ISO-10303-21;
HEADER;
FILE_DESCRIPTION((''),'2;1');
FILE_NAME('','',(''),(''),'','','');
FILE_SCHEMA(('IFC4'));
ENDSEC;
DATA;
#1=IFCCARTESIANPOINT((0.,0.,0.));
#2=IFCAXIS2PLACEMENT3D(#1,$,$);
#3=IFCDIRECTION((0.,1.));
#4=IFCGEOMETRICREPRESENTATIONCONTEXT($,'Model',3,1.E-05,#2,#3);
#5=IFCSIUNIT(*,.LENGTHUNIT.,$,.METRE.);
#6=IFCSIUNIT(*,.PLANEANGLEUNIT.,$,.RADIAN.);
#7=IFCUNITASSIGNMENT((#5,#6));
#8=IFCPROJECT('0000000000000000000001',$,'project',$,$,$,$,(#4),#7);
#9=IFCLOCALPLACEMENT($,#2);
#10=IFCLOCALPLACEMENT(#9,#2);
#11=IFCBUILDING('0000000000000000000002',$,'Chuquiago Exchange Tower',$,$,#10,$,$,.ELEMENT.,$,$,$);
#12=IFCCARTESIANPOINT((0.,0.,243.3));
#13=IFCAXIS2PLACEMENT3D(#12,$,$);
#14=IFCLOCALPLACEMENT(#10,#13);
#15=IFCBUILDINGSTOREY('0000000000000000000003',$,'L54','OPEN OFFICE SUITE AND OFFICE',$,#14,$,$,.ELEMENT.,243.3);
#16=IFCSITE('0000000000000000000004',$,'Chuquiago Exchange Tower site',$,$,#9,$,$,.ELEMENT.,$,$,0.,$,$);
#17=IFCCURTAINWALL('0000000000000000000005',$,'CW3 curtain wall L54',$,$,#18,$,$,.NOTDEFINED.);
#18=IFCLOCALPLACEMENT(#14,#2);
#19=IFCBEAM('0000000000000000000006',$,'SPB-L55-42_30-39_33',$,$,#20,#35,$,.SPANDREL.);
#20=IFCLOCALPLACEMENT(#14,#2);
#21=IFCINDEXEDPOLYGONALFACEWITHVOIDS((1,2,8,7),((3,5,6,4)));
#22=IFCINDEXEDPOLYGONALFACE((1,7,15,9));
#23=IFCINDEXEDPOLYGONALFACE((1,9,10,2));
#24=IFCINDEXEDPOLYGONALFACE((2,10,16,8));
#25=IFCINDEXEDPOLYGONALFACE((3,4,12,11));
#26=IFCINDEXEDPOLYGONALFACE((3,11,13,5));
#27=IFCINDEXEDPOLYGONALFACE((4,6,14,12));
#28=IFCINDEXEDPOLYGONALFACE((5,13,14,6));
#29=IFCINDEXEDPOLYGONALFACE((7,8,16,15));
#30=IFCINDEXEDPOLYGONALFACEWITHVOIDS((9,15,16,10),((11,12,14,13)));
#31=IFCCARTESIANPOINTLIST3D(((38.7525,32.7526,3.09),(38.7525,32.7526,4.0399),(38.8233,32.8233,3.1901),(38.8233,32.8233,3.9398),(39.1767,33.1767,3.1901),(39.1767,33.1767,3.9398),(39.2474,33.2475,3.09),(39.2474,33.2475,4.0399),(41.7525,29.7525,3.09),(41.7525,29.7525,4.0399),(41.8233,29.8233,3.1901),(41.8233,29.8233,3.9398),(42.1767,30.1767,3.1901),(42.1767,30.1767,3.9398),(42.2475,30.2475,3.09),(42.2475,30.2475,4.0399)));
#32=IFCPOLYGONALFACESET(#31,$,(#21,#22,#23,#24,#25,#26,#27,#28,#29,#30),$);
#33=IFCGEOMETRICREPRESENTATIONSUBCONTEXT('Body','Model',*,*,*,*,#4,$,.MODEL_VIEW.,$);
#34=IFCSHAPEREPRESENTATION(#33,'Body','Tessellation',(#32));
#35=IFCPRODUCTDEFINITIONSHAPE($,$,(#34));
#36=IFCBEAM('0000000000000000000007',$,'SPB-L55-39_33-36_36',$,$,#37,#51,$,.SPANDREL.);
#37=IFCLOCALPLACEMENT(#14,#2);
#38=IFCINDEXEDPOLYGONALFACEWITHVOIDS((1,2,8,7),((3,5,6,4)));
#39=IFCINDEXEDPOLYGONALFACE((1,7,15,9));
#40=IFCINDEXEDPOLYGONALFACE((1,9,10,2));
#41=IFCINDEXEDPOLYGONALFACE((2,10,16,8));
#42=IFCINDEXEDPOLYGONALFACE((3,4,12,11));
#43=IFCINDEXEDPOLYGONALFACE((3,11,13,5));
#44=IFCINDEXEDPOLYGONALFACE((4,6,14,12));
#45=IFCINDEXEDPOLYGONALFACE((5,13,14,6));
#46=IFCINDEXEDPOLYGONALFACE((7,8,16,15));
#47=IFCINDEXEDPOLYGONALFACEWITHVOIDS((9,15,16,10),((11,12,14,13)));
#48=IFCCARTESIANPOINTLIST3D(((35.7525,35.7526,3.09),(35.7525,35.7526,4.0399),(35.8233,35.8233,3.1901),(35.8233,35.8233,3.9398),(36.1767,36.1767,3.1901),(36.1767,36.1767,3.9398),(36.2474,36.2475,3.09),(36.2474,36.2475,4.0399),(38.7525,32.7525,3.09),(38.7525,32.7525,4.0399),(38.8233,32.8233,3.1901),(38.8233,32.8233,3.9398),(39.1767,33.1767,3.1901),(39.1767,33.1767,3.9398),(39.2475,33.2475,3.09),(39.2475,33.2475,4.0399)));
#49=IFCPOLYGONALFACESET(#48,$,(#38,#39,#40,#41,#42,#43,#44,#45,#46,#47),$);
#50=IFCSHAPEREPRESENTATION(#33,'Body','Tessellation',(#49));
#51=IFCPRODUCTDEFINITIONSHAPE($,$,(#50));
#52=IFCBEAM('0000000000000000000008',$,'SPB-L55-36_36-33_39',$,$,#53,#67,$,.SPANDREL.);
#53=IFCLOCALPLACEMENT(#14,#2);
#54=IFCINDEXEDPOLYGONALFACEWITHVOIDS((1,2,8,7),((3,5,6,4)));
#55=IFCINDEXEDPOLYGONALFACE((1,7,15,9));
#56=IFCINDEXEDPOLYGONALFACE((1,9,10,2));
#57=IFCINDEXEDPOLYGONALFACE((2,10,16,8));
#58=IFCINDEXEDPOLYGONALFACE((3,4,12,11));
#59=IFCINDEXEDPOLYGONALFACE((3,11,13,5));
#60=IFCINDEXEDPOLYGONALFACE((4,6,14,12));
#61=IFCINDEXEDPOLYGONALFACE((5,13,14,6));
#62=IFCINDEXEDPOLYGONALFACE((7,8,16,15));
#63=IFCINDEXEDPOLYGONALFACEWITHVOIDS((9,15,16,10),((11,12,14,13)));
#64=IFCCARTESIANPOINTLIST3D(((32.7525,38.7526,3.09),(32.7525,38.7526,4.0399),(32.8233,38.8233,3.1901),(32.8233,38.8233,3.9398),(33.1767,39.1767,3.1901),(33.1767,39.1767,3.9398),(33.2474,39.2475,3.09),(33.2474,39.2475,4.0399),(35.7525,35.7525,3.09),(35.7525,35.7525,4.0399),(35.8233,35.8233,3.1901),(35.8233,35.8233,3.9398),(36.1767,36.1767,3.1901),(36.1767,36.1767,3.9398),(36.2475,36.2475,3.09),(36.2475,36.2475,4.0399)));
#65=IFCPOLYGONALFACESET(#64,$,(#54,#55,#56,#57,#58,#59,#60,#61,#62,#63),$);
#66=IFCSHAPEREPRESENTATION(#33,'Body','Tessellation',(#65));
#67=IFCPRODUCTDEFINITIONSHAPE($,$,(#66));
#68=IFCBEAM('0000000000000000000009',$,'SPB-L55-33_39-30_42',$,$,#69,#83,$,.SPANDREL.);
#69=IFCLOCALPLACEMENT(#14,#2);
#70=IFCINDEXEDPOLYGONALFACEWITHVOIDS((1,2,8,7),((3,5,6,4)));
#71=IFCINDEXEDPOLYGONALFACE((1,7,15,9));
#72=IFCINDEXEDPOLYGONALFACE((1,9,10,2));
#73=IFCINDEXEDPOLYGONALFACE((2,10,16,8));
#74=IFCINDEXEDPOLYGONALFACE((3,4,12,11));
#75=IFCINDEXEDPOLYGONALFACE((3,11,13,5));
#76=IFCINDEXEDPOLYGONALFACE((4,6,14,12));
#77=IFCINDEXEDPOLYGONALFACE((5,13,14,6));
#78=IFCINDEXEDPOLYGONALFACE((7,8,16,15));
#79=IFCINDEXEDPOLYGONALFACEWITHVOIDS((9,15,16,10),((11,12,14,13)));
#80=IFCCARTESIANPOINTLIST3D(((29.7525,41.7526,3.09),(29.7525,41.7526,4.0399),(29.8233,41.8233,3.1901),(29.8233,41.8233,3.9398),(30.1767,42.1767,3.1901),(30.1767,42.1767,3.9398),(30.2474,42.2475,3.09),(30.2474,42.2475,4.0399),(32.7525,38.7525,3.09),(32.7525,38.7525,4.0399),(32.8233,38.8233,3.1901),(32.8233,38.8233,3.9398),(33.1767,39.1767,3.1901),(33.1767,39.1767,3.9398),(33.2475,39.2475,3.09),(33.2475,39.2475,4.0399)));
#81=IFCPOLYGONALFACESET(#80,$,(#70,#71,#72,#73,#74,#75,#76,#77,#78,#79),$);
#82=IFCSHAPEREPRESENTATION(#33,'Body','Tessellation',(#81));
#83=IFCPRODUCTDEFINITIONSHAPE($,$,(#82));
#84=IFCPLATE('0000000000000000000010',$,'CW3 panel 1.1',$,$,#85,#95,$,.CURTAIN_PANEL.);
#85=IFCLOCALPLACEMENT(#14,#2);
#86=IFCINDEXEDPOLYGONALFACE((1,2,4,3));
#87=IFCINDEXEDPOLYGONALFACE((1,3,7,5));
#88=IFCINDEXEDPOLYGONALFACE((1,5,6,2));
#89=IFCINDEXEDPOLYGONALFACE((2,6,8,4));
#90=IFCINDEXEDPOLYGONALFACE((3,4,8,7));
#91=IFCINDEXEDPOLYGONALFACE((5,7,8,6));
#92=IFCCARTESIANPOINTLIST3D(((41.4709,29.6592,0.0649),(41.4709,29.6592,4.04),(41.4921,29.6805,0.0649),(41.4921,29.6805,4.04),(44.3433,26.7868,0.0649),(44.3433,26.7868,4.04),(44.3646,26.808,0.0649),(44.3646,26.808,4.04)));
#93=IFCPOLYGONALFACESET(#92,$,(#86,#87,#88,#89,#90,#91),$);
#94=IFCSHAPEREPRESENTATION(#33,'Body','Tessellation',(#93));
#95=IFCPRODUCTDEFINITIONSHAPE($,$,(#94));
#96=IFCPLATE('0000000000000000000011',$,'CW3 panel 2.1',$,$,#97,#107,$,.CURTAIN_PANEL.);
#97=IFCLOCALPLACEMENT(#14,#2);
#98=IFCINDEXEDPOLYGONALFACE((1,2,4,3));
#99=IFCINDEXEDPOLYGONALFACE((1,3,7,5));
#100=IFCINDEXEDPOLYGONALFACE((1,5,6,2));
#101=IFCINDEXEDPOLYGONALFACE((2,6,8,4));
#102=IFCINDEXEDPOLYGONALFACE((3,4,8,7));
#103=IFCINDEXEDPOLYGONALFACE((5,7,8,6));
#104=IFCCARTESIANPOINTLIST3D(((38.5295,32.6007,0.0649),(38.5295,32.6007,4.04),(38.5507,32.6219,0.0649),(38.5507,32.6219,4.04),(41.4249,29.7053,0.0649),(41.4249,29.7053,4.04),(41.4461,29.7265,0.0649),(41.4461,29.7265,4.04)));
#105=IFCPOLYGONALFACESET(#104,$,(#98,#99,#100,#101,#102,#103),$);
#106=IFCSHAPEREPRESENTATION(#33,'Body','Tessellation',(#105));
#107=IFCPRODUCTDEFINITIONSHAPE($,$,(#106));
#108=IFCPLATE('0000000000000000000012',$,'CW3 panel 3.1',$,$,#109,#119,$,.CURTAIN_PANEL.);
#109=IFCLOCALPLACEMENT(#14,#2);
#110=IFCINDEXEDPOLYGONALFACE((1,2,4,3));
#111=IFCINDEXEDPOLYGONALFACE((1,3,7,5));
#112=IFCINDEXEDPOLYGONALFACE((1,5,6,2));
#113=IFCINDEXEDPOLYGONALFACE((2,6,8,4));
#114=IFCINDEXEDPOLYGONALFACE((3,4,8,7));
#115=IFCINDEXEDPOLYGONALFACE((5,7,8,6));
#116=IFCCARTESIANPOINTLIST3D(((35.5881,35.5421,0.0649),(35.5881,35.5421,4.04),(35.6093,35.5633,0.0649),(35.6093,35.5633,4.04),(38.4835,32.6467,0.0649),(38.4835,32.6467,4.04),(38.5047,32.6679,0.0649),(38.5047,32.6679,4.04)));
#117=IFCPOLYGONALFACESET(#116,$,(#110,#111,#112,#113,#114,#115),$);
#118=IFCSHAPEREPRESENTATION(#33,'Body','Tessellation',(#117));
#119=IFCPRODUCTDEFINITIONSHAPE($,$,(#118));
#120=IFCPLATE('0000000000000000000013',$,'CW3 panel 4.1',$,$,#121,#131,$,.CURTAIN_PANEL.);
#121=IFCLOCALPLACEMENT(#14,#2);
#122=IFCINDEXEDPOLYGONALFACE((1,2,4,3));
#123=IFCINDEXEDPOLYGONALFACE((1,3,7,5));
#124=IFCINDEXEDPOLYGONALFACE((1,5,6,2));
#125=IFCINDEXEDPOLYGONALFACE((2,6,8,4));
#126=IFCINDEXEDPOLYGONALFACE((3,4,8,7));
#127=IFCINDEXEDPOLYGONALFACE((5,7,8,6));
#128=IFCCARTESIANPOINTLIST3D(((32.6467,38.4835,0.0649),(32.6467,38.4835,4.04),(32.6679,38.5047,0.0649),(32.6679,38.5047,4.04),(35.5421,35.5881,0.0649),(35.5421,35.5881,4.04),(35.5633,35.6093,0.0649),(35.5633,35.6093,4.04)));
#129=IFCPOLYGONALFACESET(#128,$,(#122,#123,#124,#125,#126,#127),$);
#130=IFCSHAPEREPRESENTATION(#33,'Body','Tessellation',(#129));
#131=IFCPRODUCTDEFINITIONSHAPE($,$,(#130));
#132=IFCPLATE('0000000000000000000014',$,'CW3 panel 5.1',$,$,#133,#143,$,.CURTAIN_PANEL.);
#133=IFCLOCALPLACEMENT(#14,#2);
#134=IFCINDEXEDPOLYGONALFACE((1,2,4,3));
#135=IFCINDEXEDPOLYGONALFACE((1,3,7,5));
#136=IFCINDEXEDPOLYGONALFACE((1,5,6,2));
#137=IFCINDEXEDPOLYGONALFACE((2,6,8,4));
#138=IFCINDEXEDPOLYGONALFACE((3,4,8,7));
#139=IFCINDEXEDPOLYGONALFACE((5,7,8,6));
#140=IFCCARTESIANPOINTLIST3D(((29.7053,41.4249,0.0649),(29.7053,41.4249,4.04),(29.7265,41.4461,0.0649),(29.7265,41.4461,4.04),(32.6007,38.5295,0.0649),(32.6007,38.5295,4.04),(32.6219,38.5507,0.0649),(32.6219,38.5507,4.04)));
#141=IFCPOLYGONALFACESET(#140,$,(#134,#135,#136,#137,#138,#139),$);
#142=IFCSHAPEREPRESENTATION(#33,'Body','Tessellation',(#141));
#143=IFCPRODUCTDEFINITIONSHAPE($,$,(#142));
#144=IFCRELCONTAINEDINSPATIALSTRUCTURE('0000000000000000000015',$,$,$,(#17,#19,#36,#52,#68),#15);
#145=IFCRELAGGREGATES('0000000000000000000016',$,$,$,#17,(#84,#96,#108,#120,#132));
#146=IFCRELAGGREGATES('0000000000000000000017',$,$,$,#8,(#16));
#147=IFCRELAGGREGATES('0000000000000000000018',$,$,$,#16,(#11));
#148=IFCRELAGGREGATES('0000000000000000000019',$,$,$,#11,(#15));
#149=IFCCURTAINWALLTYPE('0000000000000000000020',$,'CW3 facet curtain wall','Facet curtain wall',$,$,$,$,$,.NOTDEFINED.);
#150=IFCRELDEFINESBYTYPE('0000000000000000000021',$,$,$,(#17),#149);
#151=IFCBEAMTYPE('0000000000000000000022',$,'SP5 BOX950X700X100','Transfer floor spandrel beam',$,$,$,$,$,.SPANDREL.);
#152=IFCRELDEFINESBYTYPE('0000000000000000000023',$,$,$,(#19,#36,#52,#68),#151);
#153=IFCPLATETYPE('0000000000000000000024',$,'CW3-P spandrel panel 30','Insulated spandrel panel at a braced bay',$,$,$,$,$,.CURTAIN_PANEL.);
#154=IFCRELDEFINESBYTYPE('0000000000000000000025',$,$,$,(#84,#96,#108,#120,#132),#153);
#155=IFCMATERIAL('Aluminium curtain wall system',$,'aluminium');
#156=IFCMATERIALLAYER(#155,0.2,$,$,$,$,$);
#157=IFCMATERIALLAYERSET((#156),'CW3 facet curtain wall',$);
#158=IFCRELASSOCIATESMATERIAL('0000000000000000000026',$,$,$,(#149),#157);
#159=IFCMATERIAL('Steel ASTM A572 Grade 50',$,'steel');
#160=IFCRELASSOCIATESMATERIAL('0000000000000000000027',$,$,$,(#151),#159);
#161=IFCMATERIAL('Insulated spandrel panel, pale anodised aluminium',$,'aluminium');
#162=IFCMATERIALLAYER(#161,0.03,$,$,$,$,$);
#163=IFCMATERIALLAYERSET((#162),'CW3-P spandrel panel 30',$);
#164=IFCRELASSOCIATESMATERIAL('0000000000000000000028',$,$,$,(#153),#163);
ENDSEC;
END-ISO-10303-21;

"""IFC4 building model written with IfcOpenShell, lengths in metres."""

from ifc_helpers import new_model, si_unit, direction, frame, origin, origin_2d, place, context, subcontext, project, spatial, rectangle, hollow_rectangle, extrude, material, layer, layer_set, material_profile, profile_set, type_object, element, aggregate, save


model = new_model("IFC4")

# Units and contexts
model_context = context("Model", 3, precision=1e-05, world=origin(), true_north=direction((0.0, 1.0)))
body_context = subcontext(model_context, "Body", "Model", "MODEL_VIEW")
ifc_project = project(units=[si_unit("LENGTHUNIT", "METRE"), si_unit("PLANEANGLEUNIT", "RADIAN")], contexts=[model_context])

# Site, building, storey
site_placement = place(None, origin())
site = spatial("IfcSite", under=ifc_project, at=site_placement, Name="Chuquiago Exchange Tower site", CompositionType="ELEMENT", RefElevation=0.0)
building_placement = place(site_placement, origin())
building = spatial("IfcBuilding", under=site, at=building_placement, Name="Chuquiago Exchange Tower", CompositionType="ELEMENT")
storey_placement = place(building_placement, frame((0.0, 0.0, 243.3)))
storey = spatial("IfcBuildingStorey", under=building, at=storey_placement, Name="L54", Description="OPEN OFFICE SUITE AND OFFICE", CompositionType="ELEMENT", Elevation=243.3)

# Curtain wall
ifc_material_1 = material(Name="Aluminium curtain wall system", Category="aluminium")
ifc_layer_1 = layer(ifc_material_1, 0.2)
ifc_layer_set_1 = layer_set([ifc_layer_1], Name="CW3 facet curtain wall")
curtain_wall_type = type_object("IfcCurtainWallType", Name="CW3 facet curtain wall", Description="Facet curtain wall", PredefinedType="NOTDEFINED", material=ifc_layer_set_1)
curtain_wall_placement = place(storey_placement, origin())
curtain_wall = element("IfcCurtainWall", 1, at=curtain_wall_placement, inside=storey, type_object=curtain_wall_type, Name="CW3 curtain wall L54", PredefinedType="NOTDEFINED")

# Beams
ifc_material_2 = material(Name="Steel ASTM A572 Grade 50", Category="steel")
ifc_material_profile_1 = material_profile(ifc_material_2, hollow_rectangle(XDim=0.7, YDim=0.95, WallThickness=0.1001, at=origin_2d()), Name="BOX950X700X100")
ifc_profile_set_1 = profile_set([ifc_material_profile_1], Name="Steel ASTM A572 Grade 50")
beam_type_1 = type_object("IfcBeamType", Name="SP5 BOX950X700X100", Description="Transfer floor spandrel beam", PredefinedType="SPANDREL", material=ifc_profile_set_1)
for number, where, z_axis, x_axis, name in (
    (2, (42.0, 30.0, 3.5649), (-0.707107, 0.707107, 0.0), (-0.707107, -0.707107, 0.0), "SPB-L55-42_30-39_33"),
    (3, (39.0, 33.0, 3.5649), (-0.707107, 0.707107, 0.0), (-0.707107, -0.707107, 0.0), "SPB-L55-39_33-36_36"),
    (4, (36.0, 36.0, 3.5649), (-0.707107, 0.707107, 0.0), (-0.707107, -0.707107, 0.0), "SPB-L55-36_36-33_39"),
    (5, (33.0, 39.0, 3.5649), (-0.707107, 0.707107, 0.0), (-0.707107, -0.707107, 0.0), "SPB-L55-33_39-30_42"),
):
    element("IfcBeam", number, at=place(storey_placement, frame(where, z_axis=z_axis, x_axis=x_axis)), inside=storey, type_object=beam_type_1, Name=name, PredefinedType="SPANDREL", context=body_context, shape_type="SweptSolid", body=[
        extrude(hollow_rectangle(XDim=0.7, YDim=0.95, WallThickness=0.1001, at=origin_2d()), origin(), (0.0, 0.0, 1.0), 4.2427),
    ])

# Plates
ifc_material_3 = material(Name="Insulated spandrel panel, pale anodised aluminium", Category="aluminium")
ifc_layer_2 = layer(ifc_material_3, 0.03)
ifc_layer_set_2 = layer_set([ifc_layer_2], Name="CW3-P spandrel panel 30")
plate_type = type_object("IfcPlateType", Name="CW3-P spandrel panel 30", Description="Insulated spandrel panel at a braced bay", PredefinedType="CURTAIN_PANEL", material=ifc_layer_set_2)
plate_1_placement = place(storey_placement, frame((42.9177, 28.2336, 0.0649), z_axis=(0.0, 0.0, 1.0), x_axis=(-0.707107, 0.707107, 0.0)))
plate_1 = element("IfcPlate", 6, at=plate_1_placement, type_object=plate_type, Name="CW3 panel 1.1", PredefinedType="CURTAIN_PANEL", context=body_context, shape_type="SweptSolid", body=[
    extrude(rectangle(XDim=4.0623, YDim=0.03, at=origin_2d()), origin(), (0.0, 0.0, 1.0), 3.9751),
])
plate_2_placement = place(storey_placement, frame((39.9878, 31.1636, 0.0649), z_axis=(0.0, 0.0, 1.0), x_axis=(-0.707107, 0.707107, 0.0)))
plate_2 = element("IfcPlate", 7, at=plate_2_placement, type_object=plate_type, Name="CW3 panel 2.1", PredefinedType="CURTAIN_PANEL", context=body_context, shape_type="SweptSolid", body=[
    extrude(rectangle(XDim=4.0947, YDim=0.03, at=origin_2d()), origin(), (0.0, 0.0, 1.0), 3.9751),
])
plate_3_placement = place(storey_placement, frame((37.0464, 34.105, 0.0649), z_axis=(0.0, 0.0, 1.0), x_axis=(-0.707107, 0.707107, 0.0)))
plate_3 = element("IfcPlate", 8, at=plate_3_placement, type_object=plate_type, Name="CW3 panel 3.1", PredefinedType="CURTAIN_PANEL", context=body_context, shape_type="SweptSolid", body=[
    extrude(rectangle(XDim=4.0947, YDim=0.03, at=origin_2d()), origin(), (0.0, 0.0, 1.0), 3.9751),
])
plate_4_placement = place(storey_placement, frame((34.105, 37.0464, 0.0649), z_axis=(0.0, 0.0, 1.0), x_axis=(-0.707107, 0.707107, 0.0)))
plate_4 = element("IfcPlate", 9, at=plate_4_placement, type_object=plate_type, Name="CW3 panel 4.1", PredefinedType="CURTAIN_PANEL", context=body_context, shape_type="SweptSolid", body=[
    extrude(rectangle(XDim=4.0947, YDim=0.03, at=origin_2d()), origin(), (0.0, 0.0, 1.0), 3.9751),
])
plate_5_placement = place(storey_placement, frame((31.1636, 39.9878, 0.0649), z_axis=(0.0, 0.0, 1.0), x_axis=(-0.707107, 0.707107, 0.0)))
plate_5 = element("IfcPlate", 10, at=plate_5_placement, type_object=plate_type, Name="CW3 panel 5.1", PredefinedType="CURTAIN_PANEL", context=body_context, shape_type="SweptSolid", body=[
    extrude(rectangle(XDim=4.0947, YDim=0.03, at=origin_2d()), origin(), (0.0, 0.0, 1.0), 3.9751),
])
aggregate(curtain_wall, [plate_1, plate_2, plate_3, plate_4, plate_5])

save(model, "model.ifc")
